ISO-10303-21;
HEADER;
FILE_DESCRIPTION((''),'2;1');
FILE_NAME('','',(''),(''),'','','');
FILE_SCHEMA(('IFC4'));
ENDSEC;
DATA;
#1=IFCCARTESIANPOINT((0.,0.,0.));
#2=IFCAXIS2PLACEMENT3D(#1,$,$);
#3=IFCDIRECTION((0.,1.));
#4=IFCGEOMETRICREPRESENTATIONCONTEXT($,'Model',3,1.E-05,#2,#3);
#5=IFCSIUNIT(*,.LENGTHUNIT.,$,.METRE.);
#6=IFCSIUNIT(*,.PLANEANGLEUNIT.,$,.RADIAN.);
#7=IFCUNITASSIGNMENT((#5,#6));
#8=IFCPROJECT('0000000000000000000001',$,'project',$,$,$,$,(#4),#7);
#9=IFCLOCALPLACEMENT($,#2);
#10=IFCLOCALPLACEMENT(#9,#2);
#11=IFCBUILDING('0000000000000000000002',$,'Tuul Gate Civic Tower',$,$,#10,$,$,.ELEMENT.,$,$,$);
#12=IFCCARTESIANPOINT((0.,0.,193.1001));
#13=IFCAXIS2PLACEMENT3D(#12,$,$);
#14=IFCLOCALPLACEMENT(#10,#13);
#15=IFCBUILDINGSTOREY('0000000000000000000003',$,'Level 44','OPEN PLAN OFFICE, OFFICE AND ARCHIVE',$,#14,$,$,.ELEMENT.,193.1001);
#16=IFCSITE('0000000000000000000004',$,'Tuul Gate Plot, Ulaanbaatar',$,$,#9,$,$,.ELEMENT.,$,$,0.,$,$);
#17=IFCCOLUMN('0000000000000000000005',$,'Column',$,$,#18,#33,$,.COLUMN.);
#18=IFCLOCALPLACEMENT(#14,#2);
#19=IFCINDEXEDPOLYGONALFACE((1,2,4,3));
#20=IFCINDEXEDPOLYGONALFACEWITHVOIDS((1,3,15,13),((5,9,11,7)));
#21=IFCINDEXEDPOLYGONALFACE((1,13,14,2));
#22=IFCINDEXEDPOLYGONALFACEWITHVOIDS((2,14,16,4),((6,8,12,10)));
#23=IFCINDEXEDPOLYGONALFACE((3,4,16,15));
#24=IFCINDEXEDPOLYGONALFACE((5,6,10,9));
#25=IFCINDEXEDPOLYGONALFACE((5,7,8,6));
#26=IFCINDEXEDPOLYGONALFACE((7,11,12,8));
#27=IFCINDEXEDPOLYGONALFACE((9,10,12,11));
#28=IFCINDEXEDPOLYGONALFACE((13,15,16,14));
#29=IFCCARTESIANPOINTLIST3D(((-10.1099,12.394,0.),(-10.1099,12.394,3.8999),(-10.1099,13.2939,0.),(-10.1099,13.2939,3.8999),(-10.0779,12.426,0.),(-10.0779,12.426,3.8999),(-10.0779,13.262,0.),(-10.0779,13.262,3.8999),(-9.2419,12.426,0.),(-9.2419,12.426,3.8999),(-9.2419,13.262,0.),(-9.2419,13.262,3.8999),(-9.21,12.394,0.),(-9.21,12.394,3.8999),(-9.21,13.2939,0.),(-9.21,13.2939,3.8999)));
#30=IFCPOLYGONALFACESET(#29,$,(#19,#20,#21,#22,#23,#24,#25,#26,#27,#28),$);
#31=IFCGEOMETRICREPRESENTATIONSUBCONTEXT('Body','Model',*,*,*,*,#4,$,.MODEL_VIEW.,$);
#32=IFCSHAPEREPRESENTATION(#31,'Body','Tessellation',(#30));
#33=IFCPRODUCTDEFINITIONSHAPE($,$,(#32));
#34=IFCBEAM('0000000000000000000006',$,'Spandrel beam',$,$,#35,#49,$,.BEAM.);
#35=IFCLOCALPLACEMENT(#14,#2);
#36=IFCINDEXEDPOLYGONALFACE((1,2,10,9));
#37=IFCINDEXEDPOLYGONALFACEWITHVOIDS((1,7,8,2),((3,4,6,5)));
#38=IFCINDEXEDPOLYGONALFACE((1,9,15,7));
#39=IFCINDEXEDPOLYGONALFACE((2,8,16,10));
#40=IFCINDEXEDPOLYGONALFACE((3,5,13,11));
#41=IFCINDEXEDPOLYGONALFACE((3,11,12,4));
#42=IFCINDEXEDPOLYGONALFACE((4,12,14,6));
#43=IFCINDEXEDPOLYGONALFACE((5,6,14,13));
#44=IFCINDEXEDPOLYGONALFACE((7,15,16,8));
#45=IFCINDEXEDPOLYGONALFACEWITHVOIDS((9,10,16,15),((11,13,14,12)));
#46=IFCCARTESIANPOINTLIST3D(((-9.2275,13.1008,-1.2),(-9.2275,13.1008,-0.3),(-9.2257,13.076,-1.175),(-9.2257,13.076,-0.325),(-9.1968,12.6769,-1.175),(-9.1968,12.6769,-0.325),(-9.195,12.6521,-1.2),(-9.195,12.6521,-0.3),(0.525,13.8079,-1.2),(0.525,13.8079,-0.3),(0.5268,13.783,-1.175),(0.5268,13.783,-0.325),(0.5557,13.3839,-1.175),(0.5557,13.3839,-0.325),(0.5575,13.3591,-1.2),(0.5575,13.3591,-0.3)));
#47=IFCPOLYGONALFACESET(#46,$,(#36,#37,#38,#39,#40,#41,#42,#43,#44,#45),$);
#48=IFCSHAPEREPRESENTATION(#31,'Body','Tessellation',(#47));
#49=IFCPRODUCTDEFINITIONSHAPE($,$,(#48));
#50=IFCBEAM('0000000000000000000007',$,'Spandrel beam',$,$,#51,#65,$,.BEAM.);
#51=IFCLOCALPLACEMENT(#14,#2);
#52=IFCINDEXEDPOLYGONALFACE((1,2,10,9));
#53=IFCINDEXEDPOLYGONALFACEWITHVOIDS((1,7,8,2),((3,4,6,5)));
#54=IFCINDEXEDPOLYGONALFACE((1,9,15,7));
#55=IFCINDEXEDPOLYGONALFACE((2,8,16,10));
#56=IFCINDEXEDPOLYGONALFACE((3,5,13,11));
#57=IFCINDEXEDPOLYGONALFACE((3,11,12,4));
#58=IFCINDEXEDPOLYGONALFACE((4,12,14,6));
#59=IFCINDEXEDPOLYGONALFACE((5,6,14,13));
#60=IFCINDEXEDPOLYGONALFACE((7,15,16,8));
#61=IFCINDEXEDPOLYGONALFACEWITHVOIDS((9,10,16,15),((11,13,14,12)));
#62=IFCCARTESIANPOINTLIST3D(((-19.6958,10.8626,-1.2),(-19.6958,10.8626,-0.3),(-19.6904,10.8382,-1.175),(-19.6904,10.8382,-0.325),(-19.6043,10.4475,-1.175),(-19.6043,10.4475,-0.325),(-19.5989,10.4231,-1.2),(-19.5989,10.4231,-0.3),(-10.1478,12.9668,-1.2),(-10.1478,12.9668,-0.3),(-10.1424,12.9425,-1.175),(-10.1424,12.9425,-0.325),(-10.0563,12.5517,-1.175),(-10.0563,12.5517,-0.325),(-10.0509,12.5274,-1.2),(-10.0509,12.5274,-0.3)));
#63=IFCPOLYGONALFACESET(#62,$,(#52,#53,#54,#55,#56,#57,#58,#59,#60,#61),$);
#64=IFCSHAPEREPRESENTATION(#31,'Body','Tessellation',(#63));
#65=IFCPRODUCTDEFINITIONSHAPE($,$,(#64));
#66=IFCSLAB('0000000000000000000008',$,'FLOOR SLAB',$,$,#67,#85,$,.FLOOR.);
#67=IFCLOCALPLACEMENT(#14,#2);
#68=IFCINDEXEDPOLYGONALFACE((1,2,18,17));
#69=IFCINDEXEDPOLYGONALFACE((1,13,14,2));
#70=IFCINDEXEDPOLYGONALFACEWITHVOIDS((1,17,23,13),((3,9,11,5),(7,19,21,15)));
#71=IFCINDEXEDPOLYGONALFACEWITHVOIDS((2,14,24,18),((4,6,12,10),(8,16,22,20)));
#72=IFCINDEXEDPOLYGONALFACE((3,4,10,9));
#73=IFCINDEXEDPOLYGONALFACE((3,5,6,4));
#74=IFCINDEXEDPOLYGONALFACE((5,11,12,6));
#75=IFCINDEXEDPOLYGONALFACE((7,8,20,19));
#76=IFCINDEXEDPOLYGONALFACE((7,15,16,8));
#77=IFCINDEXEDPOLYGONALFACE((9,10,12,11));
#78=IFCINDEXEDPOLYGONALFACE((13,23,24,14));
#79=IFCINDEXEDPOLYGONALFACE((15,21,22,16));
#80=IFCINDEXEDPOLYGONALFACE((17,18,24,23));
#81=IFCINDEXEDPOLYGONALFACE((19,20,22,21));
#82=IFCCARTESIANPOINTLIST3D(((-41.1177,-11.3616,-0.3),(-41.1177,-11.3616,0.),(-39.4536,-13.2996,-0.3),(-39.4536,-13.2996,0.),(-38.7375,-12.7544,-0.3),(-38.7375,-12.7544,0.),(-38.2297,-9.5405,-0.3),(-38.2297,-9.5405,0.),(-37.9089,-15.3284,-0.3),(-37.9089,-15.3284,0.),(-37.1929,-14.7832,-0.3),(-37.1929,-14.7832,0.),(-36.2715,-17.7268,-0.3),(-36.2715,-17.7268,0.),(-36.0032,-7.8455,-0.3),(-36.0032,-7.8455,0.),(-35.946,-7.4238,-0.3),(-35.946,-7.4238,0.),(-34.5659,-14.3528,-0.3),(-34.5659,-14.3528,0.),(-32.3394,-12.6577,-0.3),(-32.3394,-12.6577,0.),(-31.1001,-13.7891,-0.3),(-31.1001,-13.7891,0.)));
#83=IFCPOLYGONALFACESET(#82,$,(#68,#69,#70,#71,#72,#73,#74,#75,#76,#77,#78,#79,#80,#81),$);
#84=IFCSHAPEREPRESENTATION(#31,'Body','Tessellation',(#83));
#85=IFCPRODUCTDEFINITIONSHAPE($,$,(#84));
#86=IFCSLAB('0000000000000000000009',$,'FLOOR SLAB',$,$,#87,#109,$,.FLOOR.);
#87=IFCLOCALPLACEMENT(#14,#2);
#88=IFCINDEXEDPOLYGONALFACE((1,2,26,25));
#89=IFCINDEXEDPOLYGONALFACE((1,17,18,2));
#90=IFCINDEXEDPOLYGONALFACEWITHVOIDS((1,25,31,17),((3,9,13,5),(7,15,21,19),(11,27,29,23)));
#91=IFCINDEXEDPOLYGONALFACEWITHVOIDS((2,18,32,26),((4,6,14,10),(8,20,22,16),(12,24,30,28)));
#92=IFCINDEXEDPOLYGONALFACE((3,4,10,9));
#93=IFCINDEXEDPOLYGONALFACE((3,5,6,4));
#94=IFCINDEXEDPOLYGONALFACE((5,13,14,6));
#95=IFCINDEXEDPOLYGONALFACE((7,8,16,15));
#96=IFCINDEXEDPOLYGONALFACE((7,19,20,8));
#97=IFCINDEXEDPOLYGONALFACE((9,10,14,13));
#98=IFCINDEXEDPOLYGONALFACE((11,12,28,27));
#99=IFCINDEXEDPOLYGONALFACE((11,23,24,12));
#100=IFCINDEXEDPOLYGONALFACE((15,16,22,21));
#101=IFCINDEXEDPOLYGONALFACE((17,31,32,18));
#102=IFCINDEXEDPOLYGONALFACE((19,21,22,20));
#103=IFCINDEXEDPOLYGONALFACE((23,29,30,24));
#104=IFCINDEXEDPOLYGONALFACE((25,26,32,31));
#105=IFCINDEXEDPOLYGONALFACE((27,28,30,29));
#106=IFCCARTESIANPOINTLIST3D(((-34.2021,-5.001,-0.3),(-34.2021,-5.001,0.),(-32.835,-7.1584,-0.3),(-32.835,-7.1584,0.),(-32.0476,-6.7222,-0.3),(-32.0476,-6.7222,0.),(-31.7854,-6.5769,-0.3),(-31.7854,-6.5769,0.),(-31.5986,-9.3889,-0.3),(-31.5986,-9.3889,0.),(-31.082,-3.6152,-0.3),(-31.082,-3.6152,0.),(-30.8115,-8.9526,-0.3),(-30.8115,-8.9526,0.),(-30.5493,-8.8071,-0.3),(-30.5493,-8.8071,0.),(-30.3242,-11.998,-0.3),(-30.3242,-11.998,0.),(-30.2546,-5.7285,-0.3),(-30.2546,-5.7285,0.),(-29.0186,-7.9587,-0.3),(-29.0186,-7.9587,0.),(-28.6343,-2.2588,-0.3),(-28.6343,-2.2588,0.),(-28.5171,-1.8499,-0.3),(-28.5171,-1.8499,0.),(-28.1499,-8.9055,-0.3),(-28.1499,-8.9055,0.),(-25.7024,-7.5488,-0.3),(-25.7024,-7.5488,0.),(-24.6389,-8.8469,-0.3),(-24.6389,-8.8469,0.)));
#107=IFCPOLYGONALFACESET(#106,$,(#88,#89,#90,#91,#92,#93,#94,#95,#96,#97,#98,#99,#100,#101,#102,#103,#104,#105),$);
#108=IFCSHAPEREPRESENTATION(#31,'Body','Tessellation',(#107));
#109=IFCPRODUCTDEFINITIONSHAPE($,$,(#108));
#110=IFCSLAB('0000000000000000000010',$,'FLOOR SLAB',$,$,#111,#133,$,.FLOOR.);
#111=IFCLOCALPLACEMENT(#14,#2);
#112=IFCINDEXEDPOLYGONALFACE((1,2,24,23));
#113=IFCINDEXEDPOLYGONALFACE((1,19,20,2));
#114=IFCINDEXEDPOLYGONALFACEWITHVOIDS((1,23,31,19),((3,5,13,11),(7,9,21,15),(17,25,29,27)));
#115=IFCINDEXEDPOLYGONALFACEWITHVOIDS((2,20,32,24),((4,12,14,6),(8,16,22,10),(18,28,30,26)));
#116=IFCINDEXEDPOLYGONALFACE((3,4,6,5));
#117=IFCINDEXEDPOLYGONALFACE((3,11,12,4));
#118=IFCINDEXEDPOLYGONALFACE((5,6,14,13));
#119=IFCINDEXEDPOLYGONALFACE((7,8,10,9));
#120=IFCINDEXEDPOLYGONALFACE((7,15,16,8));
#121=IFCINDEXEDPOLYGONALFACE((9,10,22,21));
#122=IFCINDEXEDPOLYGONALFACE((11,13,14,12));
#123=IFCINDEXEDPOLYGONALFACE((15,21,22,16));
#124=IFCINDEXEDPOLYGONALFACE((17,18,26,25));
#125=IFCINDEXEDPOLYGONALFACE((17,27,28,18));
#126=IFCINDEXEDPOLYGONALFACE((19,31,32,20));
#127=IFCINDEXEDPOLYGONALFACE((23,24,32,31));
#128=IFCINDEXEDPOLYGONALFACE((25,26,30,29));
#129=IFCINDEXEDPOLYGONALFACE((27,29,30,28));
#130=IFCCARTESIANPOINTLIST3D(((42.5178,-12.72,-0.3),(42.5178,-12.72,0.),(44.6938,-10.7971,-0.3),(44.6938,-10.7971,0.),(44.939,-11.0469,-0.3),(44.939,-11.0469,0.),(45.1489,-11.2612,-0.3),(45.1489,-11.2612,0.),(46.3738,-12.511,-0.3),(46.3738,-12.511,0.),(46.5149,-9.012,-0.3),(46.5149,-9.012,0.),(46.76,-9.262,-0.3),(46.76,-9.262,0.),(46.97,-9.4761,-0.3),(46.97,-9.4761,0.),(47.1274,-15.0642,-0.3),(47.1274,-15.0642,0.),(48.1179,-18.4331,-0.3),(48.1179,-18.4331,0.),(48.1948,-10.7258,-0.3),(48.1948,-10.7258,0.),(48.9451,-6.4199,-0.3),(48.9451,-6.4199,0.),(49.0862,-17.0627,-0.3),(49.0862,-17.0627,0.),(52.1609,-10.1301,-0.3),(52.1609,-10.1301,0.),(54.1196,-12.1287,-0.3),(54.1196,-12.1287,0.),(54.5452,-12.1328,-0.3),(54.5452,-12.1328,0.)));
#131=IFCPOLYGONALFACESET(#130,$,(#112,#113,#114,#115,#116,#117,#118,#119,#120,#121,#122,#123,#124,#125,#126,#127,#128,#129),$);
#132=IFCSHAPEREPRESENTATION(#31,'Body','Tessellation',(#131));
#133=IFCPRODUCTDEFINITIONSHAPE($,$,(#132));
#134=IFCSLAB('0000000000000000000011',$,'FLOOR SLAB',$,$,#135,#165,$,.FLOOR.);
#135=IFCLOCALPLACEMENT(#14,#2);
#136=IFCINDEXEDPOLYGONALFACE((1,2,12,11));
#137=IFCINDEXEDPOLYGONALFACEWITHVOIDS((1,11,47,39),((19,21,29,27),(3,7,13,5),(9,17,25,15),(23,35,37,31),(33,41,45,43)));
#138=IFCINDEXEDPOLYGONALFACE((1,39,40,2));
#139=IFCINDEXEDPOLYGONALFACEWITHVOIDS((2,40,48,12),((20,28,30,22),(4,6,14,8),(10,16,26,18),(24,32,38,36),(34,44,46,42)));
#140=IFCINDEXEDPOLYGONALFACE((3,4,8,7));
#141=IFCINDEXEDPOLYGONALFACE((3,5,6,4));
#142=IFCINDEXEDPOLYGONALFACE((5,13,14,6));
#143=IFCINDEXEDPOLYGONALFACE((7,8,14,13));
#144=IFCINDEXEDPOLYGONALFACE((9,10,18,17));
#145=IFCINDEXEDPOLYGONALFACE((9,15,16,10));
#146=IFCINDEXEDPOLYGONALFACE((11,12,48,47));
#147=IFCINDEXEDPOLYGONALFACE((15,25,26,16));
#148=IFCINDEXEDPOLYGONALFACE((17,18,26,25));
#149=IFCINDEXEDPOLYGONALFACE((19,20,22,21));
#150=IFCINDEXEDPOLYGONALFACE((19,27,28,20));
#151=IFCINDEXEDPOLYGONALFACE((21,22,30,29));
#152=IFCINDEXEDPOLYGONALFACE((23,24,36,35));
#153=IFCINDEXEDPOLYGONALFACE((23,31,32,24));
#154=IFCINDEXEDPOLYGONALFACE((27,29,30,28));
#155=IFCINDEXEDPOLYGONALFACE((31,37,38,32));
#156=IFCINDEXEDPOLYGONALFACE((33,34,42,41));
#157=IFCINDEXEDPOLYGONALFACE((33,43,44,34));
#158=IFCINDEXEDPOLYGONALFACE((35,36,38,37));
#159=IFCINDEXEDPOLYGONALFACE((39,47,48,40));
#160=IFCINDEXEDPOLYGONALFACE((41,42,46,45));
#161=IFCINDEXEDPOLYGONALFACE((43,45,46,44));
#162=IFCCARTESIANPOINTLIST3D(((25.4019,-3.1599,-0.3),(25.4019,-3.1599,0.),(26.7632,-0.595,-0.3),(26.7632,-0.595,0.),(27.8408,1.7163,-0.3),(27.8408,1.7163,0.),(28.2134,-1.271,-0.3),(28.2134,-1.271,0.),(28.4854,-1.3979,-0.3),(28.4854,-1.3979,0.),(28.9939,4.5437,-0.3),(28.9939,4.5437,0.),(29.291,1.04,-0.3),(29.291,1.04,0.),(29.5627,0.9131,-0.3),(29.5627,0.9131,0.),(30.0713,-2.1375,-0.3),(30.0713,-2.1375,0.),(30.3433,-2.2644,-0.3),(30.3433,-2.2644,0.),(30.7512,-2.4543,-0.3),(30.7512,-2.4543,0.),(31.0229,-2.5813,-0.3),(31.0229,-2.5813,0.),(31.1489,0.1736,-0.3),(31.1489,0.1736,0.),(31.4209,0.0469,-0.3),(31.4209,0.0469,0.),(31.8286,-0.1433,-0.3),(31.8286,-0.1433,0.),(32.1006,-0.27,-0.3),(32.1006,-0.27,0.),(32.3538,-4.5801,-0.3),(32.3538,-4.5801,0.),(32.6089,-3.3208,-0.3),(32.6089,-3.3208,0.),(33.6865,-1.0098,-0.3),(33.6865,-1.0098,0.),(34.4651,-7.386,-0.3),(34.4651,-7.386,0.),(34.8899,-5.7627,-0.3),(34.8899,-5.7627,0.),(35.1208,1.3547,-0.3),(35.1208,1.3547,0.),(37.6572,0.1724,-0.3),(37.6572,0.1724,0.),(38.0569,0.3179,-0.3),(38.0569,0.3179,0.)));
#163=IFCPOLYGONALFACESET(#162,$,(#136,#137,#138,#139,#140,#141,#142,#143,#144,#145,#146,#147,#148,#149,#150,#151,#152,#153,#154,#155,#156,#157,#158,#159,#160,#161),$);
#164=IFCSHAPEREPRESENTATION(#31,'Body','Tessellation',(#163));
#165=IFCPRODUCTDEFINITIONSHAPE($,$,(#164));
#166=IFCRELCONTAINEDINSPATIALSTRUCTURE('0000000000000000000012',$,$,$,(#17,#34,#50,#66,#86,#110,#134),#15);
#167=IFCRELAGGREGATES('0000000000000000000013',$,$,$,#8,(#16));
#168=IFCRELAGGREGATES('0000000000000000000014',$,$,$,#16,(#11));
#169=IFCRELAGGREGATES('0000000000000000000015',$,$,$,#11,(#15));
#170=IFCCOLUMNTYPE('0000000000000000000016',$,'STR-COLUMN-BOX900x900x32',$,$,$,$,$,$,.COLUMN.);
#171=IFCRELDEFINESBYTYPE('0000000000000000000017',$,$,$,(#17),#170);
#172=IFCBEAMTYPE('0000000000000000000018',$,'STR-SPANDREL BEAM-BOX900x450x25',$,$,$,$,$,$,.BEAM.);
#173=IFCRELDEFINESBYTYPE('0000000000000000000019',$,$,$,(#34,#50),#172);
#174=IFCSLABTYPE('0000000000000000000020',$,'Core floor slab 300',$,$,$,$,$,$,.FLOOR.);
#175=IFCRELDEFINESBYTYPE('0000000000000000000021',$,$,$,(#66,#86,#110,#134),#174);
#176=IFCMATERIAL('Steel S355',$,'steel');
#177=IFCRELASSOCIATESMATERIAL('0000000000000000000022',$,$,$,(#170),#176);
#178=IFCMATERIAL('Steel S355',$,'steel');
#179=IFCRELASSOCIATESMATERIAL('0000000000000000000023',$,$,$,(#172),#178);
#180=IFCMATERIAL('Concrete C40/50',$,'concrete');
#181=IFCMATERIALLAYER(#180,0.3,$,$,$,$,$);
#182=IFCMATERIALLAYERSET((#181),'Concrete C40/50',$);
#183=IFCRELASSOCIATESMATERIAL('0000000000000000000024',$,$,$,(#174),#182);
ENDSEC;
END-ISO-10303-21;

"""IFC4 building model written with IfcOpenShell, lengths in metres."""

from ifc_helpers import new_model, si_unit, direction, frame, origin, origin_2d, place, context, subcontext, project, spatial, polyline, hollow_rectangle, outline, extrude, material, layer, layer_set, material_profile, profile_set, type_object, element, save


model = new_model("IFC4")

# Units and contexts
model_context = context("Model", 3, precision=1e-05, world=origin(), true_north=direction((0.0, 1.0)))
body_context = subcontext(model_context, "Body", "Model", "MODEL_VIEW")
ifc_project = project(units=[si_unit("LENGTHUNIT", "METRE"), si_unit("PLANEANGLEUNIT", "RADIAN")], contexts=[model_context])

# Site, building, storey
site_placement = place(None, origin())
site = spatial("IfcSite", under=ifc_project, at=site_placement, Name="Tuul Gate Plot, Ulaanbaatar", CompositionType="ELEMENT", RefElevation=0.0)
building_placement = place(site_placement, origin())
building = spatial("IfcBuilding", under=site, at=building_placement, Name="Tuul Gate Civic Tower", CompositionType="ELEMENT")
storey_placement = place(building_placement, frame((0.0, 0.0, 193.1001)))
storey = spatial("IfcBuildingStorey", under=building, at=storey_placement, Name="Level 44", Description="OPEN PLAN OFFICE, OFFICE AND ARCHIVE", CompositionType="ELEMENT", Elevation=193.1001)

# Column
ifc_material_1 = material(Name="Steel S355", Category="steel")
ifc_material_profile_1 = material_profile(ifc_material_1, hollow_rectangle(XDim=0.8999, YDim=0.8999, WallThickness=0.032, at=origin_2d()), Name="BOX900x900x32")
ifc_profile_set_1 = profile_set([ifc_material_profile_1], Name="Steel S355")
column_type = type_object("IfcColumnType", Name="STR-COLUMN-BOX900x900x32", PredefinedType="COLUMN", material=ifc_profile_set_1)
column_placement = place(storey_placement, frame((-9.6599, 12.844, 0.0), z_axis=(0.0, 0.0, 1.0), x_axis=(1.0, 0.0, 0.0)))
element("IfcColumn", 1, at=column_placement, inside=storey, type_object=column_type, Name="Column", PredefinedType="COLUMN", context=body_context, shape_type="SweptSolid", body=[
    extrude(hollow_rectangle(XDim=0.8999, YDim=0.8999, WallThickness=0.032, at=origin_2d()), origin(), (0.0, 0.0, 1.0), 3.8999),
])

# Beams
ifc_material_2 = material(Name="Steel S355", Category="steel")
ifc_material_profile_2 = material_profile(ifc_material_2, hollow_rectangle(XDim=0.45, YDim=0.8999, WallThickness=0.0249, at=origin_2d()), Name="BOX900x450x25")
ifc_profile_set_2 = profile_set([ifc_material_profile_2], Name="Steel S355")
beam_type = type_object("IfcBeamType", Name="STR-SPANDREL BEAM-BOX900x450x25", PredefinedType="BEAM", material=ifc_profile_set_2)
beam_1_placement = place(storey_placement, frame((0.5413, 13.5835, -0.75), z_axis=(-0.997382, -0.072308, 0.0), x_axis=(0.072308, -0.997382, 0.0)))
element("IfcBeam", 2, at=beam_1_placement, inside=storey, type_object=beam_type, Name="Spandrel beam", PredefinedType="BEAM", context=body_context, shape_type="SweptSolid", body=[
    extrude(hollow_rectangle(XDim=0.45, YDim=0.8999, WallThickness=0.0249, at=origin_2d()), origin(), (0.0, 0.0, 1.0), 9.7781),
])
beam_2_placement = place(storey_placement, frame((-10.0994, 12.7471, -0.75), z_axis=(-0.976566, -0.21522, 0.0), x_axis=(0.21522, -0.976566, 0.0)))
element("IfcBeam", 3, at=beam_2_placement, inside=storey, type_object=beam_type, Name="Spandrel beam", PredefinedType="BEAM", context=body_context, shape_type="SweptSolid", body=[
    extrude(hollow_rectangle(XDim=0.45, YDim=0.8999, WallThickness=0.0249, at=origin_2d()), origin(), (0.0, 0.0, 1.0), 9.7771),
])

# Slabs
ifc_material_3 = material(Name="Concrete C40/50", Category="concrete")
ifc_layer_1 = layer(ifc_material_3, 0.3)
ifc_layer_set_1 = layer_set([ifc_layer_1], Name="Concrete C40/50")
slab_type_1 = type_object("IfcSlabType", Name="Core floor slab 300", PredefinedType="FLOOR", material=ifc_layer_set_1)
slab_1_placement = place(storey_placement, frame((0.0, 0.0, -0.3)))
element("IfcSlab", 4, at=slab_1_placement, inside=storey, type_object=slab_type_1, Name="FLOOR SLAB", PredefinedType="FLOOR", context=body_context, shape_type="SweptSolid", body=[
    extrude(outline(polyline([(-31.1001, -13.7891), (-35.946, -7.4238), (-41.1177, -11.3616), (-36.2715, -17.7268), (-31.1001, -13.7891)]), holes=[polyline([(-37.1929, -14.7832), (-38.7375, -12.7544), (-39.4536, -13.2996), (-37.9089, -15.3284), (-37.1929, -14.7832)]), polyline([(-32.3394, -12.6577), (-34.5659, -14.3528), (-38.2297, -9.5405), (-36.0032, -7.8455), (-32.3394, -12.6577)])]), origin(), (0.0, 0.0, 1.0), 0.3),
])
slab_2_placement = place(storey_placement, frame((0.0, 0.0, -0.3)))
element("IfcSlab", 5, at=slab_2_placement, inside=storey, type_object=slab_type_1, Name="FLOOR SLAB", PredefinedType="FLOOR", context=body_context, shape_type="SweptSolid", body=[
    extrude(outline(polyline([(-24.6389, -8.8469), (-28.5171, -1.8499), (-34.2021, -5.001), (-30.3242, -11.998), (-24.6389, -8.8469)]), holes=[polyline([(-29.0186, -7.9587), (-30.2546, -5.7285), (-31.7854, -6.5769), (-30.5493, -8.8071), (-29.0186, -7.9587)]), polyline([(-30.8115, -8.9526), (-32.0476, -6.7222), (-32.835, -7.1584), (-31.5986, -9.3889), (-30.8115, -8.9526)]), polyline([(-25.7024, -7.5488), (-28.1499, -8.9055), (-31.082, -3.6152), (-28.6343, -2.2588), (-25.7024, -7.5488)])]), origin(), (0.0, 0.0, 1.0), 0.3),
])
slab_3_placement = place(storey_placement, frame((0.0, 0.0, -0.3)))
element("IfcSlab", 6, at=slab_3_placement, inside=storey, type_object=slab_type_1, Name="FLOOR SLAB", PredefinedType="FLOOR", context=body_context, shape_type="SweptSolid", body=[
    extrude(outline(polyline([(48.1179, -18.4331), (54.5452, -12.1328), (48.9451, -6.4199), (42.5178, -12.72), (48.1179, -18.4331)]), holes=[polyline([(46.3738, -12.511), (48.1948, -10.7258), (46.97, -9.4761), (45.1489, -11.2612), (46.3738, -12.511)]), polyline([(44.939, -11.0469), (46.76, -9.262), (46.5149, -9.012), (44.6938, -10.7971), (44.939, -11.0469)]), polyline([(49.0862, -17.0627), (47.1274, -15.0642), (52.1609, -10.1301), (54.1196, -12.1287), (49.0862, -17.0627)])]), origin(), (0.0, 0.0, 1.0), 0.3),
])
slab_4_placement = place(storey_placement, frame((0.0, 0.0, -0.3)))
element("IfcSlab", 7, at=slab_4_placement, inside=storey, type_object=slab_type_1, Name="FLOOR SLAB", PredefinedType="FLOOR", context=body_context, shape_type="SweptSolid", body=[
    extrude(outline(polyline([(34.4651, -7.386), (38.0569, 0.3179), (28.9939, 4.5437), (25.4019, -3.1599), (34.4651, -7.386)]), holes=[polyline([(32.6089, -3.3208), (33.6865, -1.0098), (32.1006, -0.27), (31.0229, -2.5813), (32.6089, -3.3208)]), polyline([(30.0713, -2.1375), (31.1489, 0.1736), (29.5627, 0.9131), (28.4854, -1.3979), (30.0713, -2.1375)]), polyline([(30.7512, -2.4543), (31.8286, -0.1433), (31.4209, 0.0469), (30.3433, -2.2644), (30.7512, -2.4543)]), polyline([(28.2134, -1.271), (29.291, 1.04), (27.8408, 1.7163), (26.7632, -0.595), (28.2134, -1.271)]), polyline([(34.8899, -5.7627), (32.3538, -4.5801), (35.1208, 1.3547), (37.6572, 0.1724), (34.8899, -5.7627)])]), origin(), (0.0, 0.0, 1.0), 0.3),
])

save(model, "model.ifc")
